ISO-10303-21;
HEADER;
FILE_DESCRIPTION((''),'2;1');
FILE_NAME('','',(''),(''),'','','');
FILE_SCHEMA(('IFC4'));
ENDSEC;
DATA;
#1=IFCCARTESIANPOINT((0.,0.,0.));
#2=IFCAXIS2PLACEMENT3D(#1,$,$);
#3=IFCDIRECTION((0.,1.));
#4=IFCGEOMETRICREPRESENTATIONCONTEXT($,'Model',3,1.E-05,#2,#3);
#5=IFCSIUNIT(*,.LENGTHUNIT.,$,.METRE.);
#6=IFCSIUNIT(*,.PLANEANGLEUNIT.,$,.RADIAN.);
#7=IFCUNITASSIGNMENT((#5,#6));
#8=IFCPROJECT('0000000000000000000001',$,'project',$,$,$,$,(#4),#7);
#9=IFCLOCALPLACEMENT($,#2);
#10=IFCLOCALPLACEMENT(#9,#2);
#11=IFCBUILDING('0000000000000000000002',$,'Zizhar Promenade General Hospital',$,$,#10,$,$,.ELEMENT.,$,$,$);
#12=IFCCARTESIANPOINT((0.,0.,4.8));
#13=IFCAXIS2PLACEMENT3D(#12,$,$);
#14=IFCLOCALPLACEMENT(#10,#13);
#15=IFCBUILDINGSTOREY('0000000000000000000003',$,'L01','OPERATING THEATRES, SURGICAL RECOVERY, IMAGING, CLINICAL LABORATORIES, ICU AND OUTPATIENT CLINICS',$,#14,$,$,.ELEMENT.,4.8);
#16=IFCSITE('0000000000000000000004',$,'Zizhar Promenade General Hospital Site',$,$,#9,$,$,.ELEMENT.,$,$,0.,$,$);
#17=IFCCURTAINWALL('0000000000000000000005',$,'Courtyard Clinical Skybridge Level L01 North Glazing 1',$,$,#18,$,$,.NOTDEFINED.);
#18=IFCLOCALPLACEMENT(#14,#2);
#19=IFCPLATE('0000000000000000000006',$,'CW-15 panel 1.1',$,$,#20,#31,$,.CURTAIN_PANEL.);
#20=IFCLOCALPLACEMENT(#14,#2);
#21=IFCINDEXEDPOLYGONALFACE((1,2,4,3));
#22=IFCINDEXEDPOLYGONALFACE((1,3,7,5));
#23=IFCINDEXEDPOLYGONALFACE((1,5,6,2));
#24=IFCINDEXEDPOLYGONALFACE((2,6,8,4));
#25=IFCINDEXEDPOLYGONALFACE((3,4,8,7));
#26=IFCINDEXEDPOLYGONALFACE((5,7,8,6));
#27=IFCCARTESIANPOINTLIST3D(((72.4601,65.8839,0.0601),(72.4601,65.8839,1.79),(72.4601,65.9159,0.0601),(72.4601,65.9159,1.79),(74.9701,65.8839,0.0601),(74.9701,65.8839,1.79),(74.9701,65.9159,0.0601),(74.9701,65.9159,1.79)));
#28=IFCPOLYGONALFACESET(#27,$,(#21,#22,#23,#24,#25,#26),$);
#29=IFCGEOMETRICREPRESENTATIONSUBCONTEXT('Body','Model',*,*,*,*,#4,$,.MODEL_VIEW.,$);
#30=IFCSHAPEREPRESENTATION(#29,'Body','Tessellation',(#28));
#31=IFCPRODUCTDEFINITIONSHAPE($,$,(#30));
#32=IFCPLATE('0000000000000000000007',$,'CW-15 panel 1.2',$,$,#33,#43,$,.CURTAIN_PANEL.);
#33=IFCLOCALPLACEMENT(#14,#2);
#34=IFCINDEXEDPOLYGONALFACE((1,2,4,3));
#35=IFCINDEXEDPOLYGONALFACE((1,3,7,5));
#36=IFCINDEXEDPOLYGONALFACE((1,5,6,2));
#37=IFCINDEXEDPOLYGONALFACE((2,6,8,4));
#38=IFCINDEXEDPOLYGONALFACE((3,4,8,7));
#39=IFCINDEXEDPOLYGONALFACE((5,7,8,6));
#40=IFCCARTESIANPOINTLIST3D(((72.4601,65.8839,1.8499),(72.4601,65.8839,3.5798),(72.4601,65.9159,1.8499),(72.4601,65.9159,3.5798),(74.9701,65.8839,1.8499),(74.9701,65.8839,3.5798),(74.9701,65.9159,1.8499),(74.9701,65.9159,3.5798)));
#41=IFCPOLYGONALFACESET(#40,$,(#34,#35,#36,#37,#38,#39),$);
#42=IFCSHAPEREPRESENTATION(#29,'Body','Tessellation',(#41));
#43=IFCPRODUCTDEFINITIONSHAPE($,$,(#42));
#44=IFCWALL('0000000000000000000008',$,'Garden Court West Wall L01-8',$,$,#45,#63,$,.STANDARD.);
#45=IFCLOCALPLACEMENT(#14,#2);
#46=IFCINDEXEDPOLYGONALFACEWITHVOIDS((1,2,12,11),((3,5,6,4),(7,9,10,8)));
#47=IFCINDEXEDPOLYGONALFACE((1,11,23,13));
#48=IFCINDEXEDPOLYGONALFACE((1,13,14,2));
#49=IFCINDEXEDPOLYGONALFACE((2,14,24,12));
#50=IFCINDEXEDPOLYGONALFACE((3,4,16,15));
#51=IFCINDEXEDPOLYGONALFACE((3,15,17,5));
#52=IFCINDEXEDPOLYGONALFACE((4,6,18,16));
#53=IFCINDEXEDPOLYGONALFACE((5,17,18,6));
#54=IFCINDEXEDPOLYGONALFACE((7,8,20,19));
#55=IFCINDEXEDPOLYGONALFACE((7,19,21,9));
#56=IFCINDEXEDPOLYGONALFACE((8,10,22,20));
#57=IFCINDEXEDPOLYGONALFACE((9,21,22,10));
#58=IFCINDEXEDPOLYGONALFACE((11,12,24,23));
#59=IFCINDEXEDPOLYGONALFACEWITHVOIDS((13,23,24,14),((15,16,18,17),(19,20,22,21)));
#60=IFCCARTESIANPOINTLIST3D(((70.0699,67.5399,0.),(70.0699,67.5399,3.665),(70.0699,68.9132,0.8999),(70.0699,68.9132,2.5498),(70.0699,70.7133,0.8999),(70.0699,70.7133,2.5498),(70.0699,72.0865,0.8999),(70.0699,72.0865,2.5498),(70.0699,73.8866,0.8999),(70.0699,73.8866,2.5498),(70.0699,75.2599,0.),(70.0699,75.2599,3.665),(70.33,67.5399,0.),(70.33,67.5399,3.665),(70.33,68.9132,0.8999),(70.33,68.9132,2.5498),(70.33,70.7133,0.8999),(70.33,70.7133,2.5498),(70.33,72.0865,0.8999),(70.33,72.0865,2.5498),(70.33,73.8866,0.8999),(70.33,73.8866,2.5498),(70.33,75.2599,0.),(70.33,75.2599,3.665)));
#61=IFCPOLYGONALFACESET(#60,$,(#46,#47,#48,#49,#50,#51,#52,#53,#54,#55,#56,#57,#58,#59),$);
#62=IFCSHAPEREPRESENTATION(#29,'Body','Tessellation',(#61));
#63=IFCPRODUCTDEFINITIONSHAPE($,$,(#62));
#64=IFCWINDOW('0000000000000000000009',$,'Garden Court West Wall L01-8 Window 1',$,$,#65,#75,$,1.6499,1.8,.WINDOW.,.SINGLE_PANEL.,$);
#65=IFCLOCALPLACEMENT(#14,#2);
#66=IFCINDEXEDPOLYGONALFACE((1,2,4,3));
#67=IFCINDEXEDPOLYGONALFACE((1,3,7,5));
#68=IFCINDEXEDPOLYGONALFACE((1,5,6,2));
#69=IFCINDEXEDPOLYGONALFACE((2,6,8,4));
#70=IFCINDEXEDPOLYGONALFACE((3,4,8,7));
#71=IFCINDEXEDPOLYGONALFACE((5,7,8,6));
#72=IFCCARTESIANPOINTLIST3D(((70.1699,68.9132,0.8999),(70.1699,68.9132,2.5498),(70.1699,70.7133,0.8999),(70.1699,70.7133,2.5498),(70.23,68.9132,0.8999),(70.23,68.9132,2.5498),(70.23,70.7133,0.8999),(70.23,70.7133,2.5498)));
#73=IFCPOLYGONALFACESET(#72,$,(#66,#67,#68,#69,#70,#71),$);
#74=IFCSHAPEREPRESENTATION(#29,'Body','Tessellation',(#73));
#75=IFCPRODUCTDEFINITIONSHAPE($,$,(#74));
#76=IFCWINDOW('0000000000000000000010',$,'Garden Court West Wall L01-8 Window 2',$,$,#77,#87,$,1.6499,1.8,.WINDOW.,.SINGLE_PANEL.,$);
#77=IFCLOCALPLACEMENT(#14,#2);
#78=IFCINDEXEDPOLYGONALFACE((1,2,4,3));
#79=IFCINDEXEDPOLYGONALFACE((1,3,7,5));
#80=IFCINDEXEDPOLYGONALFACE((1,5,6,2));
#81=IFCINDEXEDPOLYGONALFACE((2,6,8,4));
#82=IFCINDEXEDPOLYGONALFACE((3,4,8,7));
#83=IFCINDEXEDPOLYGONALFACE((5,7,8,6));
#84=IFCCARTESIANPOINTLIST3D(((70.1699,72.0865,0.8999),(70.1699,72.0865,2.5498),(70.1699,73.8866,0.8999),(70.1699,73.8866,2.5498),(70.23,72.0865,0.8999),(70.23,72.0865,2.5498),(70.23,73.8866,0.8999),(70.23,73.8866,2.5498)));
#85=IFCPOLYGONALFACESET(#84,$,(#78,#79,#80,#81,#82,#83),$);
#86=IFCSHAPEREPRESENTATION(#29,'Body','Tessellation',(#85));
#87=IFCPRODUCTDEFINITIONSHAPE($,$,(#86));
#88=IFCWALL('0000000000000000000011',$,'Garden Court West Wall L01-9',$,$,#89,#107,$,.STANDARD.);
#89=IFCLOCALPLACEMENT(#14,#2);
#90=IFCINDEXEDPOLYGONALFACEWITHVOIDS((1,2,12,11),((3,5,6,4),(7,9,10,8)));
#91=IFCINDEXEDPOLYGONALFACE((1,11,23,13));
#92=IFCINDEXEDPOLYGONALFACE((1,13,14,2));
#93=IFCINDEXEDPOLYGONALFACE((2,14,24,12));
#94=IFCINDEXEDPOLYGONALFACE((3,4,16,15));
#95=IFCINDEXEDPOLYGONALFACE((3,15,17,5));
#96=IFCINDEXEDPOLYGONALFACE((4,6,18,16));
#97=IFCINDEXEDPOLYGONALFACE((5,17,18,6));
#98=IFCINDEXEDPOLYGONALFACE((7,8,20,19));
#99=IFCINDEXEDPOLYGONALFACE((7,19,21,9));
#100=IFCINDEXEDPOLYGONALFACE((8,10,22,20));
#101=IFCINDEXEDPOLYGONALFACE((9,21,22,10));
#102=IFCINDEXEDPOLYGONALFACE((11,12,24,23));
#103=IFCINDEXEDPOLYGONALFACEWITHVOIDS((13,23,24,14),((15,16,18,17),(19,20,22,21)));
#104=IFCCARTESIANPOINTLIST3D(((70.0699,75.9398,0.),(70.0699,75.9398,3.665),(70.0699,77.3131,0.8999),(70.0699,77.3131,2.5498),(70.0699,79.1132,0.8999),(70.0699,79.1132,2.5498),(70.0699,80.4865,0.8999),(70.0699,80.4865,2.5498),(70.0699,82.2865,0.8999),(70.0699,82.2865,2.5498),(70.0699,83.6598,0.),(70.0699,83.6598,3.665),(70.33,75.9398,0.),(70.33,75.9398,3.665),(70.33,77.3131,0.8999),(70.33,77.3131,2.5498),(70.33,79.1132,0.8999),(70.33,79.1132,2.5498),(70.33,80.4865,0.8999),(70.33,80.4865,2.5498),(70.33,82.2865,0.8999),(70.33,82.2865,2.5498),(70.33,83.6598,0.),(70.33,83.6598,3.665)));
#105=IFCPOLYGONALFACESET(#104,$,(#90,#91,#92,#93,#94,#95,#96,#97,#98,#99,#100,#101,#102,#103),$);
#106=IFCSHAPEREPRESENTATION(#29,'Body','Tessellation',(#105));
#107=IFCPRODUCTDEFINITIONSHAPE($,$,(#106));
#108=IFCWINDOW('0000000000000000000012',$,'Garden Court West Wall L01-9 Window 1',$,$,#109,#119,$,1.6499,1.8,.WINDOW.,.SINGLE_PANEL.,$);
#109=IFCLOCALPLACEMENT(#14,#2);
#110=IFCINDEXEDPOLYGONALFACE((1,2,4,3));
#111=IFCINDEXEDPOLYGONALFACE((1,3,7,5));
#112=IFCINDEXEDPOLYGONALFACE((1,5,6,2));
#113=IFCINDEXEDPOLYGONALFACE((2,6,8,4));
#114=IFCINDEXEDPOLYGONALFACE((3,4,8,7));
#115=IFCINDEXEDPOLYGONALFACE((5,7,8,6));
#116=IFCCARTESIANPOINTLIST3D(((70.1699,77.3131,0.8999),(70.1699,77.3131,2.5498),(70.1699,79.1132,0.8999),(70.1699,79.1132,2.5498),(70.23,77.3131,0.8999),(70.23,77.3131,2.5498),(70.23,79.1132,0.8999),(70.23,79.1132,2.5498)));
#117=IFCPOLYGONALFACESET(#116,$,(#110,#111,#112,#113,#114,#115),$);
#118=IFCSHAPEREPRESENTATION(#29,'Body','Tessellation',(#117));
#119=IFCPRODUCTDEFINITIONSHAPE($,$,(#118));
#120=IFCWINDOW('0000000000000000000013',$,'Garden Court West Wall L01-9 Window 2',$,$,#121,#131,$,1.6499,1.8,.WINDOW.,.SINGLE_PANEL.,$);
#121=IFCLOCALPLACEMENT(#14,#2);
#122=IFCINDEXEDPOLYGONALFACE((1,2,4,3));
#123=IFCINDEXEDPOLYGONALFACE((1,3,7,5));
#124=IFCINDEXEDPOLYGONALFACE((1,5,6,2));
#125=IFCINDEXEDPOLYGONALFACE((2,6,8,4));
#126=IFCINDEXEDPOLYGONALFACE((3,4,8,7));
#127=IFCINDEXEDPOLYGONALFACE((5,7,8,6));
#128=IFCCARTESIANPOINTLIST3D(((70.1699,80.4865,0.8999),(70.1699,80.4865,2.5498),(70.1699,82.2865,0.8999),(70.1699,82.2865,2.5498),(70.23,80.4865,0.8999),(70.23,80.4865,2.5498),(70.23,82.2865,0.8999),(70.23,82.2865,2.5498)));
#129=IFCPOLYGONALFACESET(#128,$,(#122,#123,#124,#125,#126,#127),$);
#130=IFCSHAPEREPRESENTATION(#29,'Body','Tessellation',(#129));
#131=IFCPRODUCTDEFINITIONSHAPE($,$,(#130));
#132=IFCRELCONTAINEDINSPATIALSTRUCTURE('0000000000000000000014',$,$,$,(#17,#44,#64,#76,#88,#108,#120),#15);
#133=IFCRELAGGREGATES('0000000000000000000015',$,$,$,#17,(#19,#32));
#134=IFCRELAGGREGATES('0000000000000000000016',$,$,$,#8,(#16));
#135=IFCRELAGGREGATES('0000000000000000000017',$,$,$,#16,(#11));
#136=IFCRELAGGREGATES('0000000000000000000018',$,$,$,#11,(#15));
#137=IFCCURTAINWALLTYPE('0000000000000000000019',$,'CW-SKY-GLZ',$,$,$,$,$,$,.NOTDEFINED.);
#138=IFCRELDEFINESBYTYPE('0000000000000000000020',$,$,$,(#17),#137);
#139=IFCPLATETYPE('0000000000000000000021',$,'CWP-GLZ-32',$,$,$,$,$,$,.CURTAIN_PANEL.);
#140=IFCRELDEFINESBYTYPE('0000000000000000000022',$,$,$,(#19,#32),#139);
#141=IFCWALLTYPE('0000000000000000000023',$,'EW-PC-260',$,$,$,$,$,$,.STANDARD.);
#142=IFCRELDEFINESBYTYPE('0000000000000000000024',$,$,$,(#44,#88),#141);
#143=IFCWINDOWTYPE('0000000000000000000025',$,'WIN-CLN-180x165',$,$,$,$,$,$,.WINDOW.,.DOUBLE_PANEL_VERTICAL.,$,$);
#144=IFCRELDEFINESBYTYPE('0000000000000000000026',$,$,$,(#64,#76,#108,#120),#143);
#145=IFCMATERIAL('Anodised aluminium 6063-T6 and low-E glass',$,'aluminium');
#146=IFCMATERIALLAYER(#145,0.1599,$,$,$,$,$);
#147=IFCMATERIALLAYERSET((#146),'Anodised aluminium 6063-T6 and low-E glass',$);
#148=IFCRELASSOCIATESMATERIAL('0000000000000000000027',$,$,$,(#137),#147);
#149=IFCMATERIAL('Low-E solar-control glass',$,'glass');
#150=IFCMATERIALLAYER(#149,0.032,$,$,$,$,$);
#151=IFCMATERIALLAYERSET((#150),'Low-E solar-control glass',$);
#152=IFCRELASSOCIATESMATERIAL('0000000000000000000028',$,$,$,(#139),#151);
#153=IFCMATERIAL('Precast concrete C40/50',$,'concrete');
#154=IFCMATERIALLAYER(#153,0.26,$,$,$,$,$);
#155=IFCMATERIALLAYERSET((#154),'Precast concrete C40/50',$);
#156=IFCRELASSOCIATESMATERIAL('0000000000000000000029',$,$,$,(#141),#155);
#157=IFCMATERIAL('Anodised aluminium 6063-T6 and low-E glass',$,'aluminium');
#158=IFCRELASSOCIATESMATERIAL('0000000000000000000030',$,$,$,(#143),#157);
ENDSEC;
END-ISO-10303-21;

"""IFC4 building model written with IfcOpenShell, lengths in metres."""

from ifc_helpers import new_model, si_unit, direction, frame, frame_2d, origin, origin_2d, place, context, subcontext, project, spatial, rectangle, extrude, material, layer, layer_set, type_object, element, fill, aggregate, save


model = new_model("IFC4")

# Units and contexts
model_context = context("Model", 3, precision=1e-05, world=origin(), true_north=direction((0.0, 1.0)))
body_context = subcontext(model_context, "Body", "Model", "MODEL_VIEW")
ifc_project = project(units=[si_unit("LENGTHUNIT", "METRE"), si_unit("PLANEANGLEUNIT", "RADIAN")], contexts=[model_context])

# Site, building, storey
site_placement = place(None, origin())
site = spatial("IfcSite", under=ifc_project, at=site_placement, Name="Zizhar Promenade General Hospital Site", CompositionType="ELEMENT", RefElevation=0.0)
building_placement = place(site_placement, origin())
building = spatial("IfcBuilding", under=site, at=building_placement, Name="Zizhar Promenade General Hospital", CompositionType="ELEMENT")
storey_placement = place(building_placement, frame((0.0, 0.0, 4.8)))
storey = spatial("IfcBuildingStorey", under=building, at=storey_placement, Name="L01", Description="OPERATING THEATRES, SURGICAL RECOVERY, IMAGING, CLINICAL LABORATORIES, ICU AND OUTPATIENT CLINICS", CompositionType="ELEMENT", Elevation=4.8)

# Curtain wall, plates
ifc_material_1 = material(Name="Anodised aluminium 6063-T6 and low-E glass", Category="aluminium")
ifc_layer_1 = layer(ifc_material_1, 0.1599)
ifc_layer_set_1 = layer_set([ifc_layer_1], Name="Anodised aluminium 6063-T6 and low-E glass")
curtain_wall_type = type_object("IfcCurtainWallType", Name="CW-SKY-GLZ", PredefinedType="NOTDEFINED", material=ifc_layer_set_1)
curtain_wall_placement = place(storey_placement, origin())
curtain_wall = element("IfcCurtainWall", 1, at=curtain_wall_placement, inside=storey, type_object=curtain_wall_type, Name="Courtyard Clinical Skybridge Level L01 North Glazing 1", PredefinedType="NOTDEFINED")
ifc_material_2 = material(Name="Low-E solar-control glass", Category="glass")
ifc_layer_2 = layer(ifc_material_2, 0.032)
ifc_layer_set_2 = layer_set([ifc_layer_2], Name="Low-E solar-control glass")
plate_type = type_object("IfcPlateType", Name="CWP-GLZ-32", PredefinedType="CURTAIN_PANEL", material=ifc_layer_set_2)
plate_1_placement = place(storey_placement, frame((73.7151, 65.8999, 0.0601), z_axis=(0.0, 0.0, 1.0), x_axis=(1.0, 0.0, 0.0)))
plate_1 = element("IfcPlate", 2, at=plate_1_placement, type_object=plate_type, Name="CW-15 panel 1.1", PredefinedType="CURTAIN_PANEL", context=body_context, shape_type="SweptSolid", body=[
    extrude(rectangle(XDim=2.51, YDim=0.032, at=origin_2d()), origin(), (0.0, 0.0, 1.0), 1.73),
])
plate_2_placement = place(storey_placement, frame((73.7151, 65.8999, 1.8499), z_axis=(0.0, 0.0, 1.0), x_axis=(1.0, 0.0, 0.0)))
plate_2 = element("IfcPlate", 3, at=plate_2_placement, type_object=plate_type, Name="CW-15 panel 1.2", PredefinedType="CURTAIN_PANEL", context=body_context, shape_type="SweptSolid", body=[
    extrude(rectangle(XDim=2.51, YDim=0.032, at=origin_2d()), origin(), (0.0, 0.0, 1.0), 1.73),
])
aggregate(curtain_wall, [plate_1, plate_2])

# Walls, openings, windows
ifc_material_3 = material(Name="Precast concrete C40/50", Category="concrete")
ifc_layer_3 = layer(ifc_material_3, 0.26)
ifc_layer_set_3 = layer_set([ifc_layer_3], Name="Precast concrete C40/50")
wall_type = type_object("IfcWallType", Name="EW-PC-260", PredefinedType="STANDARD", material=ifc_layer_set_3)
wall_1_placement = place(storey_placement, frame((70.2, 67.54, 0.0), z_axis=(0.0, 0.0, 1.0), x_axis=(0.0, 1.0, 0.0)))
wall_1 = element("IfcWall", 4, at=wall_1_placement, inside=storey, type_object=wall_type, Name="Garden Court West Wall L01-8", PredefinedType="STANDARD", context=body_context, shape_type="SweptSolid", body=[
    extrude(rectangle(XDim=7.72, YDim=0.26, at=frame_2d((3.8599, 0.0))), origin(), (0.0, 0.0, 1.0), 3.665),
])
opening_1_placement = place(wall_1_placement, frame((1.3733, 0.0, 0.8999)))
opening_1 = element("IfcOpeningElement", 5, at=opening_1_placement, cuts=wall_1, PredefinedType="OPENING", context=body_context, shape_type="SweptSolid", body=[
    extrude(rectangle(XDim=1.8, YDim=1.6499, at=frame_2d((0.8999, 0.825))), frame((0.0, 0.1401, 0.0), z_axis=(0.0, -1.0, 0.0), x_axis=(1.0, 0.0, 0.0)), (0.0, 0.0, 1.0), 0.28),
])
opening_2_placement = place(wall_1_placement, frame((4.5466, 0.0, 0.8999)))
opening_2 = element("IfcOpeningElement", 6, at=opening_2_placement, cuts=wall_1, PredefinedType="OPENING", context=body_context, shape_type="SweptSolid", body=[
    extrude(rectangle(XDim=1.8, YDim=1.6499, at=frame_2d((0.8999, 0.825))), frame((0.0, 0.1401, 0.0), z_axis=(0.0, -1.0, 0.0), x_axis=(1.0, 0.0, 0.0)), (0.0, 0.0, 1.0), 0.28),
])
ifc_material_4 = material(Name="Anodised aluminium 6063-T6 and low-E glass", Category="aluminium")
window_type = type_object("IfcWindowType", Name="WIN-CLN-180x165", PartitioningType="DOUBLE_PANEL_VERTICAL", PredefinedType="WINDOW", material=ifc_material_4)
window_1_placement = place(opening_1_placement, origin())
window_1 = element("IfcWindow", 7, at=window_1_placement, inside=storey, type_object=window_type, Name="Garden Court West Wall L01-8 Window 1", OverallHeight=1.6499, OverallWidth=1.8, PartitioningType="SINGLE_PANEL", PredefinedType="WINDOW", context=body_context, shape_type="SweptSolid", body=[
    extrude(rectangle(XDim=1.8, YDim=1.6499, at=frame_2d((0.8999, 0.825))), frame((0.0, 0.03, 0.0), z_axis=(0.0, -1.0, 0.0), x_axis=(1.0, 0.0, 0.0)), (0.0, 0.0, 1.0), 0.0601),
])
fill(opening_1, window_1)
window_2_placement = place(opening_2_placement, origin())
window_2 = element("IfcWindow", 8, at=window_2_placement, inside=storey, type_object=window_type, Name="Garden Court West Wall L01-8 Window 2", OverallHeight=1.6499, OverallWidth=1.8, PartitioningType="SINGLE_PANEL", PredefinedType="WINDOW", context=body_context, shape_type="SweptSolid", body=[
    extrude(rectangle(XDim=1.8, YDim=1.6499, at=frame_2d((0.8999, 0.825))), frame((0.0, 0.03, 0.0), z_axis=(0.0, -1.0, 0.0), x_axis=(1.0, 0.0, 0.0)), (0.0, 0.0, 1.0), 0.0601),
])
fill(opening_2, window_2)
wall_2_placement = place(storey_placement, frame((70.2, 75.9399, 0.0), z_axis=(0.0, 0.0, 1.0), x_axis=(0.0, 1.0, 0.0)))
wall_2 = element("IfcWall", 9, at=wall_2_placement, inside=storey, type_object=wall_type, Name="Garden Court West Wall L01-9", PredefinedType="STANDARD", context=body_context, shape_type="SweptSolid", body=[
    extrude(rectangle(XDim=7.72, YDim=0.26, at=frame_2d((3.8599, 0.0))), origin(), (0.0, 0.0, 1.0), 3.665),
])
opening_3_placement = place(wall_2_placement, frame((1.3733, 0.0, 0.8999)))
opening_3 = element("IfcOpeningElement", 10, at=opening_3_placement, cuts=wall_2, PredefinedType="OPENING", context=body_context, shape_type="SweptSolid", body=[
    extrude(rectangle(XDim=1.8, YDim=1.6499, at=frame_2d((0.8999, 0.825))), frame((0.0, 0.1401, 0.0), z_axis=(0.0, -1.0, 0.0), x_axis=(1.0, 0.0, 0.0)), (0.0, 0.0, 1.0), 0.28),
])
opening_4_placement = place(wall_2_placement, frame((4.5466, 0.0, 0.8999)))
opening_4 = element("IfcOpeningElement", 11, at=opening_4_placement, cuts=wall_2, PredefinedType="OPENING", context=body_context, shape_type="SweptSolid", body=[
    extrude(rectangle(XDim=1.8, YDim=1.6499, at=frame_2d((0.8999, 0.825))), frame((0.0, 0.1401, 0.0), z_axis=(0.0, -1.0, 0.0), x_axis=(1.0, 0.0, 0.0)), (0.0, 0.0, 1.0), 0.28),
])
window_3_placement = place(opening_3_placement, origin())
window_3 = element("IfcWindow", 12, at=window_3_placement, inside=storey, type_object=window_type, Name="Garden Court West Wall L01-9 Window 1", OverallHeight=1.6499, OverallWidth=1.8, PartitioningType="SINGLE_PANEL", PredefinedType="WINDOW", context=body_context, shape_type="SweptSolid", body=[
    extrude(rectangle(XDim=1.8, YDim=1.6499, at=frame_2d((0.8999, 0.825))), frame((0.0, 0.03, 0.0), z_axis=(0.0, -1.0, 0.0), x_axis=(1.0, 0.0, 0.0)), (0.0, 0.0, 1.0), 0.0601),
])
fill(opening_3, window_3)
window_4_placement = place(opening_4_placement, origin())
window_4 = element("IfcWindow", 13, at=window_4_placement, inside=storey, type_object=window_type, Name="Garden Court West Wall L01-9 Window 2", OverallHeight=1.6499, OverallWidth=1.8, PartitioningType="SINGLE_PANEL", PredefinedType="WINDOW", context=body_context, shape_type="SweptSolid", body=[
    extrude(rectangle(XDim=1.8, YDim=1.6499, at=frame_2d((0.8999, 0.825))), frame((0.0, 0.03, 0.0), z_axis=(0.0, -1.0, 0.0), x_axis=(1.0, 0.0, 0.0)), (0.0, 0.0, 1.0), 0.0601),
])
fill(opening_4, window_4)

save(model, "model.ifc")
